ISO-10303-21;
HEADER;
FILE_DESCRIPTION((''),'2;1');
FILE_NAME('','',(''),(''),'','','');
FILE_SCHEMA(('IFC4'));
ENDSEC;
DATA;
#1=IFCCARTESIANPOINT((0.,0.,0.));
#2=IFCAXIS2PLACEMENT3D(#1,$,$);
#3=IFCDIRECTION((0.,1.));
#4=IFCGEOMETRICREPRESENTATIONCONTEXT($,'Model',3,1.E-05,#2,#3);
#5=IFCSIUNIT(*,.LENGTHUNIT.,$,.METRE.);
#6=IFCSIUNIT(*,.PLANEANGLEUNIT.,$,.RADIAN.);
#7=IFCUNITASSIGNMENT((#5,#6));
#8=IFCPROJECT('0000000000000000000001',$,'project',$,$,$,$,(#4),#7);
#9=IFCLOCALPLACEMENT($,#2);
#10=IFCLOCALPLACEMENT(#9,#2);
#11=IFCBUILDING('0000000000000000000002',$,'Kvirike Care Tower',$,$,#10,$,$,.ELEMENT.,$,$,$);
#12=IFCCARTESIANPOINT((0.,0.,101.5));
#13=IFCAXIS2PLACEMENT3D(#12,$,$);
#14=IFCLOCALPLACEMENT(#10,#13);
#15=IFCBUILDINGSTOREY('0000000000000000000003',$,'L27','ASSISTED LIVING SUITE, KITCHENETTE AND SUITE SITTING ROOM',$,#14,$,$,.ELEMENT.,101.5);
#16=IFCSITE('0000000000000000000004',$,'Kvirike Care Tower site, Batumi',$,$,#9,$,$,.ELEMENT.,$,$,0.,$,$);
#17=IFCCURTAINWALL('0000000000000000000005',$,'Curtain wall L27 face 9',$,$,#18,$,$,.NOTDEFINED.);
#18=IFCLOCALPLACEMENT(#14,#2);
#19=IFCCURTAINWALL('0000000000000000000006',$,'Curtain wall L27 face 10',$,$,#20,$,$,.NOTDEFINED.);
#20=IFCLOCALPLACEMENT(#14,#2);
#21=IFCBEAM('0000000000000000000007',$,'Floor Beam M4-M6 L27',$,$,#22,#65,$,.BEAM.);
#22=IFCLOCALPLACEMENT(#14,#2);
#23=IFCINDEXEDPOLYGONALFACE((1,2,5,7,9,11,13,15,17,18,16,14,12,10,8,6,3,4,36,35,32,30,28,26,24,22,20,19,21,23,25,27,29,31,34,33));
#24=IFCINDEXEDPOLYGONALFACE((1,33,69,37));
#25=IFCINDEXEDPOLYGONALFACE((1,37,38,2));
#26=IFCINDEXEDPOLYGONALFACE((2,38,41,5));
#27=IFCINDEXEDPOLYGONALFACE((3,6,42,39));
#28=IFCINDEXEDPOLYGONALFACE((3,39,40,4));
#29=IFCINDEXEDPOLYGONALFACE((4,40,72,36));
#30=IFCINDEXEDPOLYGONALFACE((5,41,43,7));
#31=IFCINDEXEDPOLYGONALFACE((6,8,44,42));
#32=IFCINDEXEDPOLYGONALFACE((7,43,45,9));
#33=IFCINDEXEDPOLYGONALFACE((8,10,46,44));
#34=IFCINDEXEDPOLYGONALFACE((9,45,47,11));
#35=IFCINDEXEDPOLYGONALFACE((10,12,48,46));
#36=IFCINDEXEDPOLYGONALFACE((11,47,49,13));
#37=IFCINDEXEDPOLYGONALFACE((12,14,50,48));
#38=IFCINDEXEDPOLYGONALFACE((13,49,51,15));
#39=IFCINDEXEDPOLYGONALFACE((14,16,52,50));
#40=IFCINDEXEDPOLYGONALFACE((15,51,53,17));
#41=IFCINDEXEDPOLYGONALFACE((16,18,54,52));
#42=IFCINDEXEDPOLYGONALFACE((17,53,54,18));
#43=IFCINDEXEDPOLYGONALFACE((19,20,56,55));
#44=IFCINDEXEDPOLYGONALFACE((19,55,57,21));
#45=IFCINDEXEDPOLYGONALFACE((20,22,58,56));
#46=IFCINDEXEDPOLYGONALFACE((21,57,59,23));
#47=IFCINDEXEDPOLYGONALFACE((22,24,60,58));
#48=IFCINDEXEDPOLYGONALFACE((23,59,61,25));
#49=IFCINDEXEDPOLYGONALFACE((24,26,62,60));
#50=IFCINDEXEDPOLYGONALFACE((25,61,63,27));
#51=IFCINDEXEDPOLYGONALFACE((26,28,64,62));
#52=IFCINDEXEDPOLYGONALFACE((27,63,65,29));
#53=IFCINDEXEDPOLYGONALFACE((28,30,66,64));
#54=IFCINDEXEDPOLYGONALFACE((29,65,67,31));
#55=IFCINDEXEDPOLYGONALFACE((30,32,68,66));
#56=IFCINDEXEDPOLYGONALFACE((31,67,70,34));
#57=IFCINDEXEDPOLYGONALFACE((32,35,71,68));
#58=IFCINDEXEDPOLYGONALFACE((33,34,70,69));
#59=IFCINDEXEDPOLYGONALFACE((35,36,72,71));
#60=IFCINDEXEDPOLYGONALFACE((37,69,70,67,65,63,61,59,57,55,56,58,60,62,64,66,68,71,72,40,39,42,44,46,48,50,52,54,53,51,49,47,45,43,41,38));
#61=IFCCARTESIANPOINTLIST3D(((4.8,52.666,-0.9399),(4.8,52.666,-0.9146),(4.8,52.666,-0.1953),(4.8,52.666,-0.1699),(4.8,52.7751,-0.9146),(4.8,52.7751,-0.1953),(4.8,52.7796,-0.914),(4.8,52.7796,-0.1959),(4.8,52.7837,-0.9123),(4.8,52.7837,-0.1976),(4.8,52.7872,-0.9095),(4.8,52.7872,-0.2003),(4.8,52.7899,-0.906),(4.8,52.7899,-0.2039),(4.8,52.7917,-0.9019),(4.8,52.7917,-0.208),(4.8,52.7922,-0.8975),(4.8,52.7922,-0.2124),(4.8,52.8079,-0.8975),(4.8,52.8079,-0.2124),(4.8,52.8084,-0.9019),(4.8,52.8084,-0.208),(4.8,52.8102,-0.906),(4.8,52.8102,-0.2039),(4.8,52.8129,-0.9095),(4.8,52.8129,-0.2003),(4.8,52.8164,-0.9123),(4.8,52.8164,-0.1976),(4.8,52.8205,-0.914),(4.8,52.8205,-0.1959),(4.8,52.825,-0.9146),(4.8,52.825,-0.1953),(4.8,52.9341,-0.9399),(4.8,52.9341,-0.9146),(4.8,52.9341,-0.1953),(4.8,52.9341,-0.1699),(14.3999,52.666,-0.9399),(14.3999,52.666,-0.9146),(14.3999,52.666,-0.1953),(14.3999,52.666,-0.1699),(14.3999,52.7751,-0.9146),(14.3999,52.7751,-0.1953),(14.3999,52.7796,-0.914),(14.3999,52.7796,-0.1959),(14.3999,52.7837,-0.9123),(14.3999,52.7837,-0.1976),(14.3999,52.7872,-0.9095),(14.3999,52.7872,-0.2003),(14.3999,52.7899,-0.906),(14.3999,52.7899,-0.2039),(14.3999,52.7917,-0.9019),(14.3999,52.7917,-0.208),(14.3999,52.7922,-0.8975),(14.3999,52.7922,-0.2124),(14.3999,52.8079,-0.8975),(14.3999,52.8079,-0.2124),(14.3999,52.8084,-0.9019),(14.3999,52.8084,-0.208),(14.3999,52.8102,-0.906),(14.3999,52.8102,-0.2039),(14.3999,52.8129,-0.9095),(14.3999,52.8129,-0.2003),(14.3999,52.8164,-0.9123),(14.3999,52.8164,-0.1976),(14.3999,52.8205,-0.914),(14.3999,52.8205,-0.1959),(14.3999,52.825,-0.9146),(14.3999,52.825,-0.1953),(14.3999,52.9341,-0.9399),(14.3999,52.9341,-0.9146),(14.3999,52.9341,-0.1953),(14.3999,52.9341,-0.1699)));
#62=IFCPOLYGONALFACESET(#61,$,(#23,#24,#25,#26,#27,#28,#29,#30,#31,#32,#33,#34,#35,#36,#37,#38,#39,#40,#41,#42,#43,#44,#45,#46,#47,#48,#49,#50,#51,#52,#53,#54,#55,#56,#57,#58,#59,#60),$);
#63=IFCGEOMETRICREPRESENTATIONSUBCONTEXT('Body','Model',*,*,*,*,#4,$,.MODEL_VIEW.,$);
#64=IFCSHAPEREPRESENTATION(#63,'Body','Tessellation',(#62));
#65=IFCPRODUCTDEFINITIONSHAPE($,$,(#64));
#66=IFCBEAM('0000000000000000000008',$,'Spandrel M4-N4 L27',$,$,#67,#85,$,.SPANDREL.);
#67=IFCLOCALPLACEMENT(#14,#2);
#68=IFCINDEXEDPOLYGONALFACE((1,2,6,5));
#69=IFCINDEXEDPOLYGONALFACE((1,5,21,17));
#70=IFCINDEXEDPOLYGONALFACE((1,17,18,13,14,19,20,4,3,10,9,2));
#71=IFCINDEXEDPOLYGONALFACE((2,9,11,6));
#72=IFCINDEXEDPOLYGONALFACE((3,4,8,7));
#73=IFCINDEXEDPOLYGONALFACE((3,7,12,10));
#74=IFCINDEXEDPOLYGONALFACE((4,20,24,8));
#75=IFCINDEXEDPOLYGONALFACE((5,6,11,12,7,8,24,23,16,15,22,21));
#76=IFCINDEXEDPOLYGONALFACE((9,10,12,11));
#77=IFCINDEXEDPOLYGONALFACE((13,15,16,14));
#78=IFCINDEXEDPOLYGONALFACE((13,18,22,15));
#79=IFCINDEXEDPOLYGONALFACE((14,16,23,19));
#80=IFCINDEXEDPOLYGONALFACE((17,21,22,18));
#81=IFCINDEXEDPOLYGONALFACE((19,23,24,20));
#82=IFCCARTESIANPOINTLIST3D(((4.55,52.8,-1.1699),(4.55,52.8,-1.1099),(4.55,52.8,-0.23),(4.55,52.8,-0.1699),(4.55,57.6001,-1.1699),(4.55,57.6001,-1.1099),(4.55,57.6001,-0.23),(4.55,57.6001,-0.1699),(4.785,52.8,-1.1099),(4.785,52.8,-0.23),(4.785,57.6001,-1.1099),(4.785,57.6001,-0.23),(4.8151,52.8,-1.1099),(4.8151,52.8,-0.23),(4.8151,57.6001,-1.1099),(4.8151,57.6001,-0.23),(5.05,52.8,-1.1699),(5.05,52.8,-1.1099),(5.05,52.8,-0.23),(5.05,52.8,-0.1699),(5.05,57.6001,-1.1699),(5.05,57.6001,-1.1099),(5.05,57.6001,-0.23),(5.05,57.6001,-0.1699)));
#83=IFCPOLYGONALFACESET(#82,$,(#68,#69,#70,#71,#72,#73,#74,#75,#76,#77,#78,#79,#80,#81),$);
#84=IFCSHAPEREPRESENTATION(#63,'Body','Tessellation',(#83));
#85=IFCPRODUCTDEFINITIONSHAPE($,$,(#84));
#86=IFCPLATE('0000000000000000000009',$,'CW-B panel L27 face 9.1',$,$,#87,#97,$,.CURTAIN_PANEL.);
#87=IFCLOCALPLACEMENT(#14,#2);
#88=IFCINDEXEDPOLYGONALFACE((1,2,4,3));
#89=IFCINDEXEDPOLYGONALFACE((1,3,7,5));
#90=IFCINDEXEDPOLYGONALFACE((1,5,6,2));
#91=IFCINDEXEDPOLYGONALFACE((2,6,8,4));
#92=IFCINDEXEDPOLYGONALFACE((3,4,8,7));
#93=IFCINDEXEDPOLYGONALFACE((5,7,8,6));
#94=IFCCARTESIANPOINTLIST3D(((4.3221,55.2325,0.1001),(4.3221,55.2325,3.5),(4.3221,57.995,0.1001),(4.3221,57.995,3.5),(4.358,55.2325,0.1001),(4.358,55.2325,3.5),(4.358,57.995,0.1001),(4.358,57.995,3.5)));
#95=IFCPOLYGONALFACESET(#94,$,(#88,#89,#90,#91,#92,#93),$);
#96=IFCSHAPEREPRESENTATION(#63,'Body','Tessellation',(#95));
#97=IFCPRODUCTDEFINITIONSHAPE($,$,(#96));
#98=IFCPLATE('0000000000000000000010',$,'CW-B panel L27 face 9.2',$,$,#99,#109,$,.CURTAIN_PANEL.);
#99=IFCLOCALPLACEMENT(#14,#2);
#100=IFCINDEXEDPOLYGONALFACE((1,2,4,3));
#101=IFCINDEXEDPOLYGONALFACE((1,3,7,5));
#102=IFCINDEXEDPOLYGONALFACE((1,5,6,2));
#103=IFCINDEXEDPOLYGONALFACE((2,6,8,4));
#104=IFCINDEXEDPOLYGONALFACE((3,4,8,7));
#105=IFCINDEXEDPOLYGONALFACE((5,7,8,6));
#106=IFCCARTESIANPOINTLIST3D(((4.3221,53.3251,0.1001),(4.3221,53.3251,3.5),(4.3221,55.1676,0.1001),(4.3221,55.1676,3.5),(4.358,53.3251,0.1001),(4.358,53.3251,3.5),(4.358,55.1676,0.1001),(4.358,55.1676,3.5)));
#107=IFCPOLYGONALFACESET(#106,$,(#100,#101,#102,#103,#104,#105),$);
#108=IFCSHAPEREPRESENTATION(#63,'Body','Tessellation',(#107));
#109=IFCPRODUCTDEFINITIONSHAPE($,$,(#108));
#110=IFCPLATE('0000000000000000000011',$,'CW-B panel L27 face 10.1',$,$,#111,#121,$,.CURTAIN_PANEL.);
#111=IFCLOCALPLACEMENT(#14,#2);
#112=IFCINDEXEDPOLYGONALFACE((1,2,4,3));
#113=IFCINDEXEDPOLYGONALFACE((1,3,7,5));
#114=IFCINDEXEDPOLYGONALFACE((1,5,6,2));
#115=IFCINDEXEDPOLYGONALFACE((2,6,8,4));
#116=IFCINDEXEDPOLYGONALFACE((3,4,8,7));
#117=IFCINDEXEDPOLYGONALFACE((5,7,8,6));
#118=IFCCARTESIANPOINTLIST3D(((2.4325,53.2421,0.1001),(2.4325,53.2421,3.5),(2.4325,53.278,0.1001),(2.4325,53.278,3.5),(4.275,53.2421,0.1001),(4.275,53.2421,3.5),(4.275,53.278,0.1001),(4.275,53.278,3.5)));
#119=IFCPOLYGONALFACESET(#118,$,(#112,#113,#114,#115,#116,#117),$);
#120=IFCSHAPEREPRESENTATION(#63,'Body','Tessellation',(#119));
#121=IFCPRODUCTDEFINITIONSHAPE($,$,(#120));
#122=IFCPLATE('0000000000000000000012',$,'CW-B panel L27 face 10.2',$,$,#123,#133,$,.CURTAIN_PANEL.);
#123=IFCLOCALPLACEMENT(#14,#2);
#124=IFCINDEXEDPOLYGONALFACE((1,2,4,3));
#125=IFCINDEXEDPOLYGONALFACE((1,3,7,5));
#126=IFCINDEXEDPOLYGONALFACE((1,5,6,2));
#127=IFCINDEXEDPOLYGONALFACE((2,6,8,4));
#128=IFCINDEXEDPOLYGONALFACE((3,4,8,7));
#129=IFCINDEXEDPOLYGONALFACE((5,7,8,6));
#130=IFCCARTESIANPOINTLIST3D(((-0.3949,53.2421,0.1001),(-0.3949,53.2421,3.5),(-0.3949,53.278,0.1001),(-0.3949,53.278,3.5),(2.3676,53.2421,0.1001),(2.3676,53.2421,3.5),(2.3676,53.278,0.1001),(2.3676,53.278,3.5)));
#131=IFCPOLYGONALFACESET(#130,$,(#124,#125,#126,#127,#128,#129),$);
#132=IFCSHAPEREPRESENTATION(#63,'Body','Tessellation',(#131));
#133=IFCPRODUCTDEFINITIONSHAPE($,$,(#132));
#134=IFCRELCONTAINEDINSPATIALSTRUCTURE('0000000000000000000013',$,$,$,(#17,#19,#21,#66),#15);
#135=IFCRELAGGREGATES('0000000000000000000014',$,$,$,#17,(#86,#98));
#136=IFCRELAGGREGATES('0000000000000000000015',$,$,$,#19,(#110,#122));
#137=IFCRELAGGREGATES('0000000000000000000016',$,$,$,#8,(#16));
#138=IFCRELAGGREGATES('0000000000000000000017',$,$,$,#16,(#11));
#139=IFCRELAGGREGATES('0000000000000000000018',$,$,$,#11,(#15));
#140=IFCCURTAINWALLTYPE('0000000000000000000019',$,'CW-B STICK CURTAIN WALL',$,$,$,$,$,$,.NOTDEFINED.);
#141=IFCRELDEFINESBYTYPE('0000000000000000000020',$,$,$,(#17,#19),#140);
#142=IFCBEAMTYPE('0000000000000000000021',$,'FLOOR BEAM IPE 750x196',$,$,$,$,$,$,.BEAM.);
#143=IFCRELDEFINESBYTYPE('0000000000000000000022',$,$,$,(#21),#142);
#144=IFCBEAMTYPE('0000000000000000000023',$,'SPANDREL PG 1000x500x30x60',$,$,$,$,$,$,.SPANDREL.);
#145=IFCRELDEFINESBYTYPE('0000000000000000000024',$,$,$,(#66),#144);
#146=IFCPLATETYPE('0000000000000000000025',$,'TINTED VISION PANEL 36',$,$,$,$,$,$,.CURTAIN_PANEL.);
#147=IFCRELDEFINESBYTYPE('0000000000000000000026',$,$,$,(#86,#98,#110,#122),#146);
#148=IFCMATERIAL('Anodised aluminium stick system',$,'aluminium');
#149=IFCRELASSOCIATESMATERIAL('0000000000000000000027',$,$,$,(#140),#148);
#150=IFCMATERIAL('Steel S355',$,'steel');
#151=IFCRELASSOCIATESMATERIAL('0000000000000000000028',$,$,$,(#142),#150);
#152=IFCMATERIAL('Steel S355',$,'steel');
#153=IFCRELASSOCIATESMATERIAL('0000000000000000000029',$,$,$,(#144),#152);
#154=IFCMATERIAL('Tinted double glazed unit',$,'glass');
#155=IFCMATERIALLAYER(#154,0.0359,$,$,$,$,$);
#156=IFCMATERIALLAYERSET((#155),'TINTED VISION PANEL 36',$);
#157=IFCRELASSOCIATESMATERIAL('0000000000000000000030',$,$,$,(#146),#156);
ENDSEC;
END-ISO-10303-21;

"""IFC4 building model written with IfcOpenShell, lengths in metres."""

from ifc_helpers import new_model, si_unit, direction, frame, origin, origin_2d, place, context, subcontext, project, spatial, rectangle, i_section, extrude, material, layer, layer_set, material_profile, profile_set, type_object, element, aggregate, save


model = new_model("IFC4")

# Units and contexts
model_context = context("Model", 3, precision=1e-05, world=origin(), true_north=direction((0.0, 1.0)))
body_context = subcontext(model_context, "Body", "Model", "MODEL_VIEW")
ifc_project = project(units=[si_unit("LENGTHUNIT", "METRE"), si_unit("PLANEANGLEUNIT", "RADIAN")], contexts=[model_context])

# Site, building, storey
site_placement = place(None, origin())
site = spatial("IfcSite", under=ifc_project, at=site_placement, Name="Kvirike Care Tower site, Batumi", CompositionType="ELEMENT", RefElevation=0.0)
building_placement = place(site_placement, origin())
building = spatial("IfcBuilding", under=site, at=building_placement, Name="Kvirike Care Tower", CompositionType="ELEMENT")
storey_placement = place(building_placement, frame((0.0, 0.0, 101.5)))
storey = spatial("IfcBuildingStorey", under=building, at=storey_placement, Name="L27", Description="ASSISTED LIVING SUITE, KITCHENETTE AND SUITE SITTING ROOM", CompositionType="ELEMENT", Elevation=101.5)

# Shared definitions
ifc_material_1 = material(Name="Anodised aluminium stick system", Category="aluminium")
curtain_wall_type = type_object("IfcCurtainWallType", Name="CW-B STICK CURTAIN WALL", PredefinedType="NOTDEFINED", material=ifc_material_1)

# Curtain walls
curtain_wall_1_placement = place(storey_placement, origin())
curtain_wall_1 = element("IfcCurtainWall", 1, at=curtain_wall_1_placement, inside=storey, type_object=curtain_wall_type, Name="Curtain wall L27 face 9", PredefinedType="NOTDEFINED")
curtain_wall_2_placement = place(storey_placement, origin())
curtain_wall_2 = element("IfcCurtainWall", 2, at=curtain_wall_2_placement, inside=storey, type_object=curtain_wall_type, Name="Curtain wall L27 face 10", PredefinedType="NOTDEFINED")

# Beams
ifc_material_2 = material(Name="Steel S355", Category="steel")
ifc_material_profile_1 = material_profile(ifc_material_2, i_section(OverallWidth=0.2681, OverallDepth=0.77, WebThickness=0.0156, FlangeThickness=0.0254, FilletRadius=0.0171, at=origin_2d()), Name="IPE 750x196")
ifc_profile_set_1 = profile_set([ifc_material_profile_1], Name="Steel S355")
beam_type_1 = type_object("IfcBeamType", Name="FLOOR BEAM IPE 750x196", PredefinedType="BEAM", material=ifc_profile_set_1)
beam_1_placement = place(storey_placement, frame((4.8, 52.8, -0.5549), z_axis=(1.0, 0.0, 0.0), x_axis=(0.0, 1.0, 0.0)))
element("IfcBeam", 3, at=beam_1_placement, inside=storey, type_object=beam_type_1, Name="Floor Beam M4-M6 L27", PredefinedType="BEAM", context=body_context, shape_type="SweptSolid", body=[
    extrude(i_section(OverallWidth=0.2681, OverallDepth=0.77, WebThickness=0.0156, FlangeThickness=0.0254, FilletRadius=0.0171, at=origin_2d()), origin(), (0.0, 0.0, 1.0), 9.5999),
])
ifc_material_3 = material(Name="Steel S355", Category="steel")
ifc_material_profile_2 = material_profile(ifc_material_3, i_section(OverallWidth=0.5, OverallDepth=1.0, WebThickness=0.03, FlangeThickness=0.0601, at=origin_2d()), Name="PG 1000x500x30x60")
ifc_profile_set_2 = profile_set([ifc_material_profile_2], Name="Steel S355")
beam_type_2 = type_object("IfcBeamType", Name="SPANDREL PG 1000x500x30x60", PredefinedType="SPANDREL", material=ifc_profile_set_2)
beam_2_placement = place(storey_placement, frame((4.8, 52.8, -0.6699), z_axis=(0.0, 1.0, 0.0), x_axis=(-1.0, 0.0, 0.0)))
element("IfcBeam", 4, at=beam_2_placement, inside=storey, type_object=beam_type_2, Name="Spandrel M4-N4 L27", PredefinedType="SPANDREL", context=body_context, shape_type="SweptSolid", body=[
    extrude(i_section(OverallWidth=0.5, OverallDepth=1.0, WebThickness=0.03, FlangeThickness=0.0601, at=origin_2d()), origin(), (0.0, 0.0, 1.0), 4.8),
])

# Plates
ifc_material_4 = material(Name="Tinted double glazed unit", Category="glass")
ifc_layer = layer(ifc_material_4, 0.0359)
ifc_layer_set = layer_set([ifc_layer], Name="TINTED VISION PANEL 36")
plate_type = type_object("IfcPlateType", Name="TINTED VISION PANEL 36", PredefinedType="CURTAIN_PANEL", material=ifc_layer_set)
plate_1_placement = place(storey_placement, frame((4.3401, 56.6138, 0.1001), z_axis=(0.0, 0.0, 1.0), x_axis=(0.0, -1.0, 0.0)))
plate_1 = element("IfcPlate", 5, at=plate_1_placement, type_object=plate_type, Name="CW-B panel L27 face 9.1", PredefinedType="CURTAIN_PANEL", context=body_context, shape_type="SweptSolid", body=[
    extrude(rectangle(XDim=2.7625, YDim=0.0359, at=origin_2d()), origin(), (0.0, 0.0, 1.0), 3.3999),
])
plate_2_placement = place(storey_placement, frame((4.3401, 54.2463, 0.1001), z_axis=(0.0, 0.0, 1.0), x_axis=(0.0, -1.0, 0.0)))
plate_2 = element("IfcPlate", 6, at=plate_2_placement, type_object=plate_type, Name="CW-B panel L27 face 9.2", PredefinedType="CURTAIN_PANEL", context=body_context, shape_type="SweptSolid", body=[
    extrude(rectangle(XDim=1.8425, YDim=0.0359, at=origin_2d()), origin(), (0.0, 0.0, 1.0), 3.3999),
])
aggregate(curtain_wall_1, [plate_1, plate_2])
plate_3_placement = place(storey_placement, frame((3.3538, 53.26, 0.1001), z_axis=(0.0, 0.0, 1.0), x_axis=(-1.0, 0.0, 0.0)))
plate_3 = element("IfcPlate", 7, at=plate_3_placement, type_object=plate_type, Name="CW-B panel L27 face 10.1", PredefinedType="CURTAIN_PANEL", context=body_context, shape_type="SweptSolid", body=[
    extrude(rectangle(XDim=1.8425, YDim=0.0359, at=origin_2d()), origin(), (0.0, 0.0, 1.0), 3.3999),
])
plate_4_placement = place(storey_placement, frame((0.9863, 53.26, 0.1001), z_axis=(0.0, 0.0, 1.0), x_axis=(-1.0, 0.0, 0.0)))
plate_4 = element("IfcPlate", 8, at=plate_4_placement, type_object=plate_type, Name="CW-B panel L27 face 10.2", PredefinedType="CURTAIN_PANEL", context=body_context, shape_type="SweptSolid", body=[
    extrude(rectangle(XDim=2.7625, YDim=0.0359, at=origin_2d()), origin(), (0.0, 0.0, 1.0), 3.3999),
])
aggregate(curtain_wall_2, [plate_3, plate_4])

save(model, "model.ifc")
